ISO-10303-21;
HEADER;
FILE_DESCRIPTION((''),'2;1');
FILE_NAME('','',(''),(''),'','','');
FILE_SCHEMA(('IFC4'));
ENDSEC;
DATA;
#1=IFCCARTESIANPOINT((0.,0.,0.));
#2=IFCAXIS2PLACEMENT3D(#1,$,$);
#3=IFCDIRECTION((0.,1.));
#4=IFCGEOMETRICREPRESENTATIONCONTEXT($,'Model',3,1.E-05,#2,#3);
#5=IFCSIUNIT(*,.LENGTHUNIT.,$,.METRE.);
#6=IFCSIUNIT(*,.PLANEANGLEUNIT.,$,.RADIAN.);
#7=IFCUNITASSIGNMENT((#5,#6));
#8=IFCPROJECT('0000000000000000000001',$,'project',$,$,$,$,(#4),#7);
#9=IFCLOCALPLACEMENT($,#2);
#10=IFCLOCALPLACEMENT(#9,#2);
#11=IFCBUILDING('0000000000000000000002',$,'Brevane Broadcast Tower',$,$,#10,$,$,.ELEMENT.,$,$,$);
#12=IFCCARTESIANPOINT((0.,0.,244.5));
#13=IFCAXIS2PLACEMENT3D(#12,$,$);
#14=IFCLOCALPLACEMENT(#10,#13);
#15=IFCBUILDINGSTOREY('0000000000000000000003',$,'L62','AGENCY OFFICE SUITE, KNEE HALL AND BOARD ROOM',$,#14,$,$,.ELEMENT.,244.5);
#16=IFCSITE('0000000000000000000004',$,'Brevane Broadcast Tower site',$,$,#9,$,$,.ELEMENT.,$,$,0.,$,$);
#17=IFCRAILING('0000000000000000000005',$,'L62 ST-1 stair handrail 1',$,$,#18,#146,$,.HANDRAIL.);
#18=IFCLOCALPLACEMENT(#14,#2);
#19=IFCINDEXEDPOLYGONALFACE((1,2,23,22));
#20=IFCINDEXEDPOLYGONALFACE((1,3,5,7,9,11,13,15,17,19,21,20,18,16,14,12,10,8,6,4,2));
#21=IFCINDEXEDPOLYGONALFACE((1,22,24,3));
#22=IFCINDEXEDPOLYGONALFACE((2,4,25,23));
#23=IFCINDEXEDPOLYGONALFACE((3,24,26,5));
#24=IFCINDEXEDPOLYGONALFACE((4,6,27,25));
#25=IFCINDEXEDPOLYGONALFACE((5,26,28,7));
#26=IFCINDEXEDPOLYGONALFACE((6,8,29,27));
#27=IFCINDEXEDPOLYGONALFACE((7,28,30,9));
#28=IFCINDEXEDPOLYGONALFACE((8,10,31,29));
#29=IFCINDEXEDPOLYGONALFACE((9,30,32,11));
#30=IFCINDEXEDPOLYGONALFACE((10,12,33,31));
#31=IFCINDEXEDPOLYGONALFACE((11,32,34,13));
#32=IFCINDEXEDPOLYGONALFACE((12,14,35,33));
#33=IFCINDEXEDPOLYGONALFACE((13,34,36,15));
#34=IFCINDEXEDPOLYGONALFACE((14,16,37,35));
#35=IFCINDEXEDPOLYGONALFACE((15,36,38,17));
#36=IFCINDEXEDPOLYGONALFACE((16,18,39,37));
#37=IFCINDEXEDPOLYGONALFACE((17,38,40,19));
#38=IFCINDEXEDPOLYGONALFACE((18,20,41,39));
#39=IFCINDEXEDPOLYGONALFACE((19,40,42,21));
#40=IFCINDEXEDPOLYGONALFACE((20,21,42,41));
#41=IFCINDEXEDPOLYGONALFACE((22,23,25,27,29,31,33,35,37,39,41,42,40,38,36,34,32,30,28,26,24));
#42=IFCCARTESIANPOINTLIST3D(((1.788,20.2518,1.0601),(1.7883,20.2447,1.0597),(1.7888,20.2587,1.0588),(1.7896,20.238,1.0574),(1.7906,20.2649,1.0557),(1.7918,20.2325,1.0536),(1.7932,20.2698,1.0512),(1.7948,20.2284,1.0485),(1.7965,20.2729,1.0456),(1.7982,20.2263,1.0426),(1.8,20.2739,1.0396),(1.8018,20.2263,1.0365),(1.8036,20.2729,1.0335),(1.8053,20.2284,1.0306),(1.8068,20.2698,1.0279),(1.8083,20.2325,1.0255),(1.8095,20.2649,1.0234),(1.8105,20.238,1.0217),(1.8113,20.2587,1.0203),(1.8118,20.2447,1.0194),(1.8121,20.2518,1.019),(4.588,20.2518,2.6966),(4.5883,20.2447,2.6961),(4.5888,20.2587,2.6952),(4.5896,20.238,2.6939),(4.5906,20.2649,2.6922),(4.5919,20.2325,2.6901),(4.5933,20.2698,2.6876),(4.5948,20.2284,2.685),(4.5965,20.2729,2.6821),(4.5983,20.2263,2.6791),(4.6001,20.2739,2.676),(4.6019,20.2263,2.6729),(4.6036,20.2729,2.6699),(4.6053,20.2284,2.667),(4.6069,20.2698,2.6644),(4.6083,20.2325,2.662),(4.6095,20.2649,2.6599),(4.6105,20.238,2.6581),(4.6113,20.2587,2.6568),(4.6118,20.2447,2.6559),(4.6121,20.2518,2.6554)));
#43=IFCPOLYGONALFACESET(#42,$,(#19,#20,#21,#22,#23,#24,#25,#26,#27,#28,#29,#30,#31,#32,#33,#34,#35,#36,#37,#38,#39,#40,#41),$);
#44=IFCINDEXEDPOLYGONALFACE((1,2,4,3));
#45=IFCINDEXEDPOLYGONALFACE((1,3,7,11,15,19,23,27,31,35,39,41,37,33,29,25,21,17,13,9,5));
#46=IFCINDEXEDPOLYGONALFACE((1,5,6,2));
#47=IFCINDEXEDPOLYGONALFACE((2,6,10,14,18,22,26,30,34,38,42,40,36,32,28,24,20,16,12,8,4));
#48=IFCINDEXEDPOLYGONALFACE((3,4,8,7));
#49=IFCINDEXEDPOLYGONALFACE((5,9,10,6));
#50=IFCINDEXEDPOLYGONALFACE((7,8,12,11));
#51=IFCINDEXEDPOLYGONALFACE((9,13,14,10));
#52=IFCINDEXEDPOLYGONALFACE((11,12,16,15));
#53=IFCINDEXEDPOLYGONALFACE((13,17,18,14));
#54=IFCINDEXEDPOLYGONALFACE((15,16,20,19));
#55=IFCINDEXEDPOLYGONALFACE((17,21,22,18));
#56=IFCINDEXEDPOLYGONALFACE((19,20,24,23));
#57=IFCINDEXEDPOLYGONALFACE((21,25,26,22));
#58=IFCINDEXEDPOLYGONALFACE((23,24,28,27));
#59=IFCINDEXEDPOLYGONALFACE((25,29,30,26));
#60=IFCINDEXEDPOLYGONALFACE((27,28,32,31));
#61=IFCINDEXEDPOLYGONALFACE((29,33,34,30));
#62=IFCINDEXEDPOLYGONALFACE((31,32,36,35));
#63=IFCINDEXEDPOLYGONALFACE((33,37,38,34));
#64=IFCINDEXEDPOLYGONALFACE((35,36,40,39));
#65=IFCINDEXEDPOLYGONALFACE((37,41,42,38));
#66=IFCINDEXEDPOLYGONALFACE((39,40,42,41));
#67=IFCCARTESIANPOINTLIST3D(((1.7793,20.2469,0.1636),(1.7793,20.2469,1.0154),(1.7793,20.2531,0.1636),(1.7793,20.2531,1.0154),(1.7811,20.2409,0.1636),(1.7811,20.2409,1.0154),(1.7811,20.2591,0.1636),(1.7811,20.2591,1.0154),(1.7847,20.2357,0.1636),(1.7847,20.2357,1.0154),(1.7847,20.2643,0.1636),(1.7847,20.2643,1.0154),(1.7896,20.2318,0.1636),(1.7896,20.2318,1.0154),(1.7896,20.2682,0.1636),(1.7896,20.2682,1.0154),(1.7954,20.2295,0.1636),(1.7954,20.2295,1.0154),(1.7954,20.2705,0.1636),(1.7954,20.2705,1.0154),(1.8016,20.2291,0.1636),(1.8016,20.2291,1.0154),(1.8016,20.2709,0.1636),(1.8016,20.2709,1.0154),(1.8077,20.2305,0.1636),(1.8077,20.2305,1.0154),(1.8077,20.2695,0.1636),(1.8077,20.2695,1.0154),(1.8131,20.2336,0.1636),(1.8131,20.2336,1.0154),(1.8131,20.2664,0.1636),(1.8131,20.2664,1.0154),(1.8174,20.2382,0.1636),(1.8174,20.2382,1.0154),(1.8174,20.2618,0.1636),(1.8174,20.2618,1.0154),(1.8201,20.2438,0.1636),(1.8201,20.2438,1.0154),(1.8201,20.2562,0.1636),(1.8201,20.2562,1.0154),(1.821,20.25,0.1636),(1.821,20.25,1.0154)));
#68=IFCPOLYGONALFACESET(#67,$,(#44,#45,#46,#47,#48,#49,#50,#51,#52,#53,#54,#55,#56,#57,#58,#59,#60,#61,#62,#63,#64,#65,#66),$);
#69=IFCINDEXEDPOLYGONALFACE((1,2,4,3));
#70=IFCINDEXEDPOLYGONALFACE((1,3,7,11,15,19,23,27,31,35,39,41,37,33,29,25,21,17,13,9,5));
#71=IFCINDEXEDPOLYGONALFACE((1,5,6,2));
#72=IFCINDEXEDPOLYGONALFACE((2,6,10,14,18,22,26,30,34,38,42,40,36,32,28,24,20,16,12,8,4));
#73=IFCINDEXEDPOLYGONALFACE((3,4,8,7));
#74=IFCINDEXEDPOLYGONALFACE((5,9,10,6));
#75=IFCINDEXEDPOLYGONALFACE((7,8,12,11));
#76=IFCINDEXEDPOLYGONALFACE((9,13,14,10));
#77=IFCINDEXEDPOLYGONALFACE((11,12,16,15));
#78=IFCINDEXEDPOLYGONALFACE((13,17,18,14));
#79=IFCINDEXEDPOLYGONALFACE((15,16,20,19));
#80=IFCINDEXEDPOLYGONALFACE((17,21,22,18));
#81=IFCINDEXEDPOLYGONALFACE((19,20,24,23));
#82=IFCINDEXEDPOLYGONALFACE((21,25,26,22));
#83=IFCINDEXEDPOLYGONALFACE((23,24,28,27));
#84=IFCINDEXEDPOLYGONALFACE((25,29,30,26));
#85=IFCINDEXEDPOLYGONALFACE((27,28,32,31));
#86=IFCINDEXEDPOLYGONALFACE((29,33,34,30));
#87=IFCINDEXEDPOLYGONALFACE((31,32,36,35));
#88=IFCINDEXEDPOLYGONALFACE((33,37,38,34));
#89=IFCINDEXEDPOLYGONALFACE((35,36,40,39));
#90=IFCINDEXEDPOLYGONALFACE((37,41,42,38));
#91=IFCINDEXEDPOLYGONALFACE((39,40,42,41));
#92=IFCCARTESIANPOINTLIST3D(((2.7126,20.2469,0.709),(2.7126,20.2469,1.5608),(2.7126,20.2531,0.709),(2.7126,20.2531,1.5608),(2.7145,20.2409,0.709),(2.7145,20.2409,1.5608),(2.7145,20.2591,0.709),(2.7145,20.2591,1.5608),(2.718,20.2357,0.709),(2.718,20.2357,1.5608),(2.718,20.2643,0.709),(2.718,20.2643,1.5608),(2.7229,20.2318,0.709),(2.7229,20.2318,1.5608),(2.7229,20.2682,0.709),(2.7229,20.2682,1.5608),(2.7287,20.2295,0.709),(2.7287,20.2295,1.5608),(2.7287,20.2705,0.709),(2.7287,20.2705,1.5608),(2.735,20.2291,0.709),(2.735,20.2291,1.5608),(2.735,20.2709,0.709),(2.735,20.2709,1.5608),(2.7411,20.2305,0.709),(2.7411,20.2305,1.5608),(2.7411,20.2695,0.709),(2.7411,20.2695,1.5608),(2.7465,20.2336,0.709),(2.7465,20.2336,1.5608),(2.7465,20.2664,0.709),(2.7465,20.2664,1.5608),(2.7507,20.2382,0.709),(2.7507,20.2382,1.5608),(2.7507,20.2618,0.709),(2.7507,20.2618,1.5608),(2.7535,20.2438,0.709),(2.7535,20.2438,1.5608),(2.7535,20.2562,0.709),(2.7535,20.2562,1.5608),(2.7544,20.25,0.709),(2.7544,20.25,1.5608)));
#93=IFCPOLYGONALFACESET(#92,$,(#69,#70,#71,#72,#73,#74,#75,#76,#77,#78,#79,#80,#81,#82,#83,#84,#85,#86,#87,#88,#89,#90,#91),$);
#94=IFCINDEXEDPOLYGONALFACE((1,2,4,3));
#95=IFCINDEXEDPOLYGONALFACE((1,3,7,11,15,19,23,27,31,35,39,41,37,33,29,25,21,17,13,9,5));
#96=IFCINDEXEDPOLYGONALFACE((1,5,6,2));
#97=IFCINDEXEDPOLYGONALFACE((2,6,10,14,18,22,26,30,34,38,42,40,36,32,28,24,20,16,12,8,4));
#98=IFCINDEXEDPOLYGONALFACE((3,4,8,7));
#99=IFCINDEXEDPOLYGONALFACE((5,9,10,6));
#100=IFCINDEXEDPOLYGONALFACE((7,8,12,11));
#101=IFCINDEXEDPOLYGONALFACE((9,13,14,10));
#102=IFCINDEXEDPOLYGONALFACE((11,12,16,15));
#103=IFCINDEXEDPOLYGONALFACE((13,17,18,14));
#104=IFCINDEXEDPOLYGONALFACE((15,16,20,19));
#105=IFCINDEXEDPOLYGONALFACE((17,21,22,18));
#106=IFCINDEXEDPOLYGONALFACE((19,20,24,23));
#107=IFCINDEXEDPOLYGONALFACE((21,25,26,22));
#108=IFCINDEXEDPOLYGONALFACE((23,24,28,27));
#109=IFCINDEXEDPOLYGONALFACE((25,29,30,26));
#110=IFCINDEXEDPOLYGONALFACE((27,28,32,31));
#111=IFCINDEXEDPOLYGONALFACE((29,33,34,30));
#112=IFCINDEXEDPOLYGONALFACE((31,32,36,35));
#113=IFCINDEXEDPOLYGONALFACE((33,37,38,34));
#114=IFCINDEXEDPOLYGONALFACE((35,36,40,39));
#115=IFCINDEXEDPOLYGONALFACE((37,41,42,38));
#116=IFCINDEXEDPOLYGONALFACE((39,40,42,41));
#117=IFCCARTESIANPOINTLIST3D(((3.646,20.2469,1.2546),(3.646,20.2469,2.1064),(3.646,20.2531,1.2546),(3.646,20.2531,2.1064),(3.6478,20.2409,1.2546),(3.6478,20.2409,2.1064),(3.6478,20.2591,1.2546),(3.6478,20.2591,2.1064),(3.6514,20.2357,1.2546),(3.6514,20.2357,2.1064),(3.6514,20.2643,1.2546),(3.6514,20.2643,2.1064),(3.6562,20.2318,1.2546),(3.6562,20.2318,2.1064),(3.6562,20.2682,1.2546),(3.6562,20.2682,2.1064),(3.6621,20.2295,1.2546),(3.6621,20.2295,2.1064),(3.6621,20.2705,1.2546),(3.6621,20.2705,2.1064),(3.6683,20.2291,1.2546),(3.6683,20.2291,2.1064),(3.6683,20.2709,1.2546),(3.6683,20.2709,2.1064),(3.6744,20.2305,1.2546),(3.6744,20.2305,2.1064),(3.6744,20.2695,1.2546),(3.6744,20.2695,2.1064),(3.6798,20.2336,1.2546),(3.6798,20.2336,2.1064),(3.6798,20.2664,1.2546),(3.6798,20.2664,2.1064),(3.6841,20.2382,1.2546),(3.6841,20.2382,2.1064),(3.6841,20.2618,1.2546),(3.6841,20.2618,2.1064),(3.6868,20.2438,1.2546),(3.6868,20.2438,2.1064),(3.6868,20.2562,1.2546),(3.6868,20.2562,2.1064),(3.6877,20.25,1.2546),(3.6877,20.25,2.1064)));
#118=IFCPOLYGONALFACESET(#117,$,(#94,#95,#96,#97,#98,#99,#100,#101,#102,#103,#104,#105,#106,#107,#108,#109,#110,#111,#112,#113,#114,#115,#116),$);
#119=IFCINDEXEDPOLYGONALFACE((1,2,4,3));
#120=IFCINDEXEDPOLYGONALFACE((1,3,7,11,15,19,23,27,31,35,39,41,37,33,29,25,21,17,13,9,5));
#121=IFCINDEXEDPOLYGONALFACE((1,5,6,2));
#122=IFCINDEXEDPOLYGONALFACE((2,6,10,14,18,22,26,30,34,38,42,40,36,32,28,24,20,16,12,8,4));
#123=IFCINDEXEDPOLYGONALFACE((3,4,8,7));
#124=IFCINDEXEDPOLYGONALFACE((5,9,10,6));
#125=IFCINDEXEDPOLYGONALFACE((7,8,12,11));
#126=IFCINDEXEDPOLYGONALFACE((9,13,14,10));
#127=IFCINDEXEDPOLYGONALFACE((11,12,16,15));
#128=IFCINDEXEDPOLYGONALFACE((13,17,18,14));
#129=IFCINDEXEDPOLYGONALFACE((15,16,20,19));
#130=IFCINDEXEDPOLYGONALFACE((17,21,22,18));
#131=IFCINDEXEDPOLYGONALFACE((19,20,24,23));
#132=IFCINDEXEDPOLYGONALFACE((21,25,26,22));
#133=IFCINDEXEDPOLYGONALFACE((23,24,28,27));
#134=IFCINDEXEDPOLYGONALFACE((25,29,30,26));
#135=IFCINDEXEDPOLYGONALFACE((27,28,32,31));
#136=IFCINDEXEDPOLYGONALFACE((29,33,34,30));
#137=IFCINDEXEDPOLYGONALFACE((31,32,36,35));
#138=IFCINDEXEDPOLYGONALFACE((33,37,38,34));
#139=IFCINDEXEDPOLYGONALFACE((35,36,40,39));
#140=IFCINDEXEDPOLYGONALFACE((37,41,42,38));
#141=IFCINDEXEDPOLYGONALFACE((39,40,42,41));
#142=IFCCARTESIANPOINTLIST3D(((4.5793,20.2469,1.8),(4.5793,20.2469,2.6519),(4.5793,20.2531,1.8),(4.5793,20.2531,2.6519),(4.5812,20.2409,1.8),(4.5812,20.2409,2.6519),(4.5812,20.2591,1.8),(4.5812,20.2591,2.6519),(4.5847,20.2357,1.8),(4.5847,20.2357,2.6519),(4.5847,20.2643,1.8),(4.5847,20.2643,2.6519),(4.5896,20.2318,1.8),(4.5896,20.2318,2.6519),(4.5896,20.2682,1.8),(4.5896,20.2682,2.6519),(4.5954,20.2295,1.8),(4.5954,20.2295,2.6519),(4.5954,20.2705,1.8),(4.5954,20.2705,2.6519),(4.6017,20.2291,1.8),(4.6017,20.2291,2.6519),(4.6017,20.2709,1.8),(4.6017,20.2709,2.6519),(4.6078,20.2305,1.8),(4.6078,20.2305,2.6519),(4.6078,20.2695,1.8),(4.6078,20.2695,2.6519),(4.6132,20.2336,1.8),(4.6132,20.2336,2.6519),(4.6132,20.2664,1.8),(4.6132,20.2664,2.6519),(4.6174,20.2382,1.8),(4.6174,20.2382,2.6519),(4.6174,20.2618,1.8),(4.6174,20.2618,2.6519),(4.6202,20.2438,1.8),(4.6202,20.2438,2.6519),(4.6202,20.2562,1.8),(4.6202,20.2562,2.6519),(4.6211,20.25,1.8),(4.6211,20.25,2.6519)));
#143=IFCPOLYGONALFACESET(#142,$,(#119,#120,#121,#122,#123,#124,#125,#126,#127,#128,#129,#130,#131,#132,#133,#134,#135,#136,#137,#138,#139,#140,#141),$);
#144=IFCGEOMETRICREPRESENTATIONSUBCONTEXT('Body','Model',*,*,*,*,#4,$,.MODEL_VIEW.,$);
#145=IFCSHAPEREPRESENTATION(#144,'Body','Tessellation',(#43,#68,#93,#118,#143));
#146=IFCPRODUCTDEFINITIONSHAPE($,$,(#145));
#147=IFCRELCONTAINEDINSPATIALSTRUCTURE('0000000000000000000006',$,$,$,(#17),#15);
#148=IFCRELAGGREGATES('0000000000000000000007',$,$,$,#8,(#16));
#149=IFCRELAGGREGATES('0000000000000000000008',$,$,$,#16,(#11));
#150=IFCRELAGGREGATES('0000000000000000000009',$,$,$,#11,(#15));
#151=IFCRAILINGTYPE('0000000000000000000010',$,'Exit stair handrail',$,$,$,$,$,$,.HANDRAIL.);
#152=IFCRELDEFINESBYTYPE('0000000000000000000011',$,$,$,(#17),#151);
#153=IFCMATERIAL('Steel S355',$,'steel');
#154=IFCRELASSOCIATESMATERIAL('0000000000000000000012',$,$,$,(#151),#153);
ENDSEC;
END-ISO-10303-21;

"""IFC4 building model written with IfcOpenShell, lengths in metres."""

from ifc_helpers import new_model, si_unit, direction, frame, origin, origin_2d, place, context, subcontext, project, spatial, circle, extrude, material, type_object, element, save


model = new_model("IFC4")

# Units and contexts
model_context = context("Model", 3, precision=1e-05, world=origin(), true_north=direction((0.0, 1.0)))
body_context = subcontext(model_context, "Body", "Model", "MODEL_VIEW")
ifc_project = project(units=[si_unit("LENGTHUNIT", "METRE"), si_unit("PLANEANGLEUNIT", "RADIAN")], contexts=[model_context])

# Site, building, storey
site_placement = place(None, origin())
site = spatial("IfcSite", under=ifc_project, at=site_placement, Name="Brevane Broadcast Tower site", CompositionType="ELEMENT", RefElevation=0.0)
building_placement = place(site_placement, origin())
building = spatial("IfcBuilding", under=site, at=building_placement, Name="Brevane Broadcast Tower", CompositionType="ELEMENT")
storey_placement = place(building_placement, frame((0.0, 0.0, 244.5)))
storey = spatial("IfcBuildingStorey", under=building, at=storey_placement, Name="L62", Description="AGENCY OFFICE SUITE, KNEE HALL AND BOARD ROOM", CompositionType="ELEMENT", Elevation=244.5)

# Railing
ifc_material_1 = material(Name="Steel S355", Category="steel")
railing_type_1 = type_object("IfcRailingType", Name="Exit stair handrail", PredefinedType="HANDRAIL", material=ifc_material_1)
railing_1_placement = place(storey_placement, frame((1.8, 20.25, 0.1636)))
element("IfcRailing", 1, at=railing_1_placement, inside=storey, type_object=railing_type_1, Name="L62 ST-1 stair handrail 1", PredefinedType="HANDRAIL", context=body_context, shape_type="SweptSolid", body=[
    extrude(circle(Radius=0.0239, at=origin_2d()), frame((0.0, 0.0, 0.876), z_axis=(0.863361, 0.0, 0.504587), x_axis=(0.0, 1.0, 0.0)), (0.0, 0.0, 1.0), 3.2432),
    extrude(circle(Radius=0.021, at=origin_2d()), origin(), (0.0, 0.0, 1.0), 0.8518),
    extrude(circle(Radius=0.021, at=origin_2d()), frame((0.9333, 0.0, 0.5454)), (0.0, 0.0, 1.0), 0.8518),
    extrude(circle(Radius=0.021, at=origin_2d()), frame((1.8667, 0.0, 1.0911)), (0.0, 0.0, 1.0), 0.8518),
    extrude(circle(Radius=0.021, at=origin_2d()), frame((2.8, 0.0, 1.6365)), (0.0, 0.0, 1.0), 0.8518),
])

save(model, "model.ifc")
